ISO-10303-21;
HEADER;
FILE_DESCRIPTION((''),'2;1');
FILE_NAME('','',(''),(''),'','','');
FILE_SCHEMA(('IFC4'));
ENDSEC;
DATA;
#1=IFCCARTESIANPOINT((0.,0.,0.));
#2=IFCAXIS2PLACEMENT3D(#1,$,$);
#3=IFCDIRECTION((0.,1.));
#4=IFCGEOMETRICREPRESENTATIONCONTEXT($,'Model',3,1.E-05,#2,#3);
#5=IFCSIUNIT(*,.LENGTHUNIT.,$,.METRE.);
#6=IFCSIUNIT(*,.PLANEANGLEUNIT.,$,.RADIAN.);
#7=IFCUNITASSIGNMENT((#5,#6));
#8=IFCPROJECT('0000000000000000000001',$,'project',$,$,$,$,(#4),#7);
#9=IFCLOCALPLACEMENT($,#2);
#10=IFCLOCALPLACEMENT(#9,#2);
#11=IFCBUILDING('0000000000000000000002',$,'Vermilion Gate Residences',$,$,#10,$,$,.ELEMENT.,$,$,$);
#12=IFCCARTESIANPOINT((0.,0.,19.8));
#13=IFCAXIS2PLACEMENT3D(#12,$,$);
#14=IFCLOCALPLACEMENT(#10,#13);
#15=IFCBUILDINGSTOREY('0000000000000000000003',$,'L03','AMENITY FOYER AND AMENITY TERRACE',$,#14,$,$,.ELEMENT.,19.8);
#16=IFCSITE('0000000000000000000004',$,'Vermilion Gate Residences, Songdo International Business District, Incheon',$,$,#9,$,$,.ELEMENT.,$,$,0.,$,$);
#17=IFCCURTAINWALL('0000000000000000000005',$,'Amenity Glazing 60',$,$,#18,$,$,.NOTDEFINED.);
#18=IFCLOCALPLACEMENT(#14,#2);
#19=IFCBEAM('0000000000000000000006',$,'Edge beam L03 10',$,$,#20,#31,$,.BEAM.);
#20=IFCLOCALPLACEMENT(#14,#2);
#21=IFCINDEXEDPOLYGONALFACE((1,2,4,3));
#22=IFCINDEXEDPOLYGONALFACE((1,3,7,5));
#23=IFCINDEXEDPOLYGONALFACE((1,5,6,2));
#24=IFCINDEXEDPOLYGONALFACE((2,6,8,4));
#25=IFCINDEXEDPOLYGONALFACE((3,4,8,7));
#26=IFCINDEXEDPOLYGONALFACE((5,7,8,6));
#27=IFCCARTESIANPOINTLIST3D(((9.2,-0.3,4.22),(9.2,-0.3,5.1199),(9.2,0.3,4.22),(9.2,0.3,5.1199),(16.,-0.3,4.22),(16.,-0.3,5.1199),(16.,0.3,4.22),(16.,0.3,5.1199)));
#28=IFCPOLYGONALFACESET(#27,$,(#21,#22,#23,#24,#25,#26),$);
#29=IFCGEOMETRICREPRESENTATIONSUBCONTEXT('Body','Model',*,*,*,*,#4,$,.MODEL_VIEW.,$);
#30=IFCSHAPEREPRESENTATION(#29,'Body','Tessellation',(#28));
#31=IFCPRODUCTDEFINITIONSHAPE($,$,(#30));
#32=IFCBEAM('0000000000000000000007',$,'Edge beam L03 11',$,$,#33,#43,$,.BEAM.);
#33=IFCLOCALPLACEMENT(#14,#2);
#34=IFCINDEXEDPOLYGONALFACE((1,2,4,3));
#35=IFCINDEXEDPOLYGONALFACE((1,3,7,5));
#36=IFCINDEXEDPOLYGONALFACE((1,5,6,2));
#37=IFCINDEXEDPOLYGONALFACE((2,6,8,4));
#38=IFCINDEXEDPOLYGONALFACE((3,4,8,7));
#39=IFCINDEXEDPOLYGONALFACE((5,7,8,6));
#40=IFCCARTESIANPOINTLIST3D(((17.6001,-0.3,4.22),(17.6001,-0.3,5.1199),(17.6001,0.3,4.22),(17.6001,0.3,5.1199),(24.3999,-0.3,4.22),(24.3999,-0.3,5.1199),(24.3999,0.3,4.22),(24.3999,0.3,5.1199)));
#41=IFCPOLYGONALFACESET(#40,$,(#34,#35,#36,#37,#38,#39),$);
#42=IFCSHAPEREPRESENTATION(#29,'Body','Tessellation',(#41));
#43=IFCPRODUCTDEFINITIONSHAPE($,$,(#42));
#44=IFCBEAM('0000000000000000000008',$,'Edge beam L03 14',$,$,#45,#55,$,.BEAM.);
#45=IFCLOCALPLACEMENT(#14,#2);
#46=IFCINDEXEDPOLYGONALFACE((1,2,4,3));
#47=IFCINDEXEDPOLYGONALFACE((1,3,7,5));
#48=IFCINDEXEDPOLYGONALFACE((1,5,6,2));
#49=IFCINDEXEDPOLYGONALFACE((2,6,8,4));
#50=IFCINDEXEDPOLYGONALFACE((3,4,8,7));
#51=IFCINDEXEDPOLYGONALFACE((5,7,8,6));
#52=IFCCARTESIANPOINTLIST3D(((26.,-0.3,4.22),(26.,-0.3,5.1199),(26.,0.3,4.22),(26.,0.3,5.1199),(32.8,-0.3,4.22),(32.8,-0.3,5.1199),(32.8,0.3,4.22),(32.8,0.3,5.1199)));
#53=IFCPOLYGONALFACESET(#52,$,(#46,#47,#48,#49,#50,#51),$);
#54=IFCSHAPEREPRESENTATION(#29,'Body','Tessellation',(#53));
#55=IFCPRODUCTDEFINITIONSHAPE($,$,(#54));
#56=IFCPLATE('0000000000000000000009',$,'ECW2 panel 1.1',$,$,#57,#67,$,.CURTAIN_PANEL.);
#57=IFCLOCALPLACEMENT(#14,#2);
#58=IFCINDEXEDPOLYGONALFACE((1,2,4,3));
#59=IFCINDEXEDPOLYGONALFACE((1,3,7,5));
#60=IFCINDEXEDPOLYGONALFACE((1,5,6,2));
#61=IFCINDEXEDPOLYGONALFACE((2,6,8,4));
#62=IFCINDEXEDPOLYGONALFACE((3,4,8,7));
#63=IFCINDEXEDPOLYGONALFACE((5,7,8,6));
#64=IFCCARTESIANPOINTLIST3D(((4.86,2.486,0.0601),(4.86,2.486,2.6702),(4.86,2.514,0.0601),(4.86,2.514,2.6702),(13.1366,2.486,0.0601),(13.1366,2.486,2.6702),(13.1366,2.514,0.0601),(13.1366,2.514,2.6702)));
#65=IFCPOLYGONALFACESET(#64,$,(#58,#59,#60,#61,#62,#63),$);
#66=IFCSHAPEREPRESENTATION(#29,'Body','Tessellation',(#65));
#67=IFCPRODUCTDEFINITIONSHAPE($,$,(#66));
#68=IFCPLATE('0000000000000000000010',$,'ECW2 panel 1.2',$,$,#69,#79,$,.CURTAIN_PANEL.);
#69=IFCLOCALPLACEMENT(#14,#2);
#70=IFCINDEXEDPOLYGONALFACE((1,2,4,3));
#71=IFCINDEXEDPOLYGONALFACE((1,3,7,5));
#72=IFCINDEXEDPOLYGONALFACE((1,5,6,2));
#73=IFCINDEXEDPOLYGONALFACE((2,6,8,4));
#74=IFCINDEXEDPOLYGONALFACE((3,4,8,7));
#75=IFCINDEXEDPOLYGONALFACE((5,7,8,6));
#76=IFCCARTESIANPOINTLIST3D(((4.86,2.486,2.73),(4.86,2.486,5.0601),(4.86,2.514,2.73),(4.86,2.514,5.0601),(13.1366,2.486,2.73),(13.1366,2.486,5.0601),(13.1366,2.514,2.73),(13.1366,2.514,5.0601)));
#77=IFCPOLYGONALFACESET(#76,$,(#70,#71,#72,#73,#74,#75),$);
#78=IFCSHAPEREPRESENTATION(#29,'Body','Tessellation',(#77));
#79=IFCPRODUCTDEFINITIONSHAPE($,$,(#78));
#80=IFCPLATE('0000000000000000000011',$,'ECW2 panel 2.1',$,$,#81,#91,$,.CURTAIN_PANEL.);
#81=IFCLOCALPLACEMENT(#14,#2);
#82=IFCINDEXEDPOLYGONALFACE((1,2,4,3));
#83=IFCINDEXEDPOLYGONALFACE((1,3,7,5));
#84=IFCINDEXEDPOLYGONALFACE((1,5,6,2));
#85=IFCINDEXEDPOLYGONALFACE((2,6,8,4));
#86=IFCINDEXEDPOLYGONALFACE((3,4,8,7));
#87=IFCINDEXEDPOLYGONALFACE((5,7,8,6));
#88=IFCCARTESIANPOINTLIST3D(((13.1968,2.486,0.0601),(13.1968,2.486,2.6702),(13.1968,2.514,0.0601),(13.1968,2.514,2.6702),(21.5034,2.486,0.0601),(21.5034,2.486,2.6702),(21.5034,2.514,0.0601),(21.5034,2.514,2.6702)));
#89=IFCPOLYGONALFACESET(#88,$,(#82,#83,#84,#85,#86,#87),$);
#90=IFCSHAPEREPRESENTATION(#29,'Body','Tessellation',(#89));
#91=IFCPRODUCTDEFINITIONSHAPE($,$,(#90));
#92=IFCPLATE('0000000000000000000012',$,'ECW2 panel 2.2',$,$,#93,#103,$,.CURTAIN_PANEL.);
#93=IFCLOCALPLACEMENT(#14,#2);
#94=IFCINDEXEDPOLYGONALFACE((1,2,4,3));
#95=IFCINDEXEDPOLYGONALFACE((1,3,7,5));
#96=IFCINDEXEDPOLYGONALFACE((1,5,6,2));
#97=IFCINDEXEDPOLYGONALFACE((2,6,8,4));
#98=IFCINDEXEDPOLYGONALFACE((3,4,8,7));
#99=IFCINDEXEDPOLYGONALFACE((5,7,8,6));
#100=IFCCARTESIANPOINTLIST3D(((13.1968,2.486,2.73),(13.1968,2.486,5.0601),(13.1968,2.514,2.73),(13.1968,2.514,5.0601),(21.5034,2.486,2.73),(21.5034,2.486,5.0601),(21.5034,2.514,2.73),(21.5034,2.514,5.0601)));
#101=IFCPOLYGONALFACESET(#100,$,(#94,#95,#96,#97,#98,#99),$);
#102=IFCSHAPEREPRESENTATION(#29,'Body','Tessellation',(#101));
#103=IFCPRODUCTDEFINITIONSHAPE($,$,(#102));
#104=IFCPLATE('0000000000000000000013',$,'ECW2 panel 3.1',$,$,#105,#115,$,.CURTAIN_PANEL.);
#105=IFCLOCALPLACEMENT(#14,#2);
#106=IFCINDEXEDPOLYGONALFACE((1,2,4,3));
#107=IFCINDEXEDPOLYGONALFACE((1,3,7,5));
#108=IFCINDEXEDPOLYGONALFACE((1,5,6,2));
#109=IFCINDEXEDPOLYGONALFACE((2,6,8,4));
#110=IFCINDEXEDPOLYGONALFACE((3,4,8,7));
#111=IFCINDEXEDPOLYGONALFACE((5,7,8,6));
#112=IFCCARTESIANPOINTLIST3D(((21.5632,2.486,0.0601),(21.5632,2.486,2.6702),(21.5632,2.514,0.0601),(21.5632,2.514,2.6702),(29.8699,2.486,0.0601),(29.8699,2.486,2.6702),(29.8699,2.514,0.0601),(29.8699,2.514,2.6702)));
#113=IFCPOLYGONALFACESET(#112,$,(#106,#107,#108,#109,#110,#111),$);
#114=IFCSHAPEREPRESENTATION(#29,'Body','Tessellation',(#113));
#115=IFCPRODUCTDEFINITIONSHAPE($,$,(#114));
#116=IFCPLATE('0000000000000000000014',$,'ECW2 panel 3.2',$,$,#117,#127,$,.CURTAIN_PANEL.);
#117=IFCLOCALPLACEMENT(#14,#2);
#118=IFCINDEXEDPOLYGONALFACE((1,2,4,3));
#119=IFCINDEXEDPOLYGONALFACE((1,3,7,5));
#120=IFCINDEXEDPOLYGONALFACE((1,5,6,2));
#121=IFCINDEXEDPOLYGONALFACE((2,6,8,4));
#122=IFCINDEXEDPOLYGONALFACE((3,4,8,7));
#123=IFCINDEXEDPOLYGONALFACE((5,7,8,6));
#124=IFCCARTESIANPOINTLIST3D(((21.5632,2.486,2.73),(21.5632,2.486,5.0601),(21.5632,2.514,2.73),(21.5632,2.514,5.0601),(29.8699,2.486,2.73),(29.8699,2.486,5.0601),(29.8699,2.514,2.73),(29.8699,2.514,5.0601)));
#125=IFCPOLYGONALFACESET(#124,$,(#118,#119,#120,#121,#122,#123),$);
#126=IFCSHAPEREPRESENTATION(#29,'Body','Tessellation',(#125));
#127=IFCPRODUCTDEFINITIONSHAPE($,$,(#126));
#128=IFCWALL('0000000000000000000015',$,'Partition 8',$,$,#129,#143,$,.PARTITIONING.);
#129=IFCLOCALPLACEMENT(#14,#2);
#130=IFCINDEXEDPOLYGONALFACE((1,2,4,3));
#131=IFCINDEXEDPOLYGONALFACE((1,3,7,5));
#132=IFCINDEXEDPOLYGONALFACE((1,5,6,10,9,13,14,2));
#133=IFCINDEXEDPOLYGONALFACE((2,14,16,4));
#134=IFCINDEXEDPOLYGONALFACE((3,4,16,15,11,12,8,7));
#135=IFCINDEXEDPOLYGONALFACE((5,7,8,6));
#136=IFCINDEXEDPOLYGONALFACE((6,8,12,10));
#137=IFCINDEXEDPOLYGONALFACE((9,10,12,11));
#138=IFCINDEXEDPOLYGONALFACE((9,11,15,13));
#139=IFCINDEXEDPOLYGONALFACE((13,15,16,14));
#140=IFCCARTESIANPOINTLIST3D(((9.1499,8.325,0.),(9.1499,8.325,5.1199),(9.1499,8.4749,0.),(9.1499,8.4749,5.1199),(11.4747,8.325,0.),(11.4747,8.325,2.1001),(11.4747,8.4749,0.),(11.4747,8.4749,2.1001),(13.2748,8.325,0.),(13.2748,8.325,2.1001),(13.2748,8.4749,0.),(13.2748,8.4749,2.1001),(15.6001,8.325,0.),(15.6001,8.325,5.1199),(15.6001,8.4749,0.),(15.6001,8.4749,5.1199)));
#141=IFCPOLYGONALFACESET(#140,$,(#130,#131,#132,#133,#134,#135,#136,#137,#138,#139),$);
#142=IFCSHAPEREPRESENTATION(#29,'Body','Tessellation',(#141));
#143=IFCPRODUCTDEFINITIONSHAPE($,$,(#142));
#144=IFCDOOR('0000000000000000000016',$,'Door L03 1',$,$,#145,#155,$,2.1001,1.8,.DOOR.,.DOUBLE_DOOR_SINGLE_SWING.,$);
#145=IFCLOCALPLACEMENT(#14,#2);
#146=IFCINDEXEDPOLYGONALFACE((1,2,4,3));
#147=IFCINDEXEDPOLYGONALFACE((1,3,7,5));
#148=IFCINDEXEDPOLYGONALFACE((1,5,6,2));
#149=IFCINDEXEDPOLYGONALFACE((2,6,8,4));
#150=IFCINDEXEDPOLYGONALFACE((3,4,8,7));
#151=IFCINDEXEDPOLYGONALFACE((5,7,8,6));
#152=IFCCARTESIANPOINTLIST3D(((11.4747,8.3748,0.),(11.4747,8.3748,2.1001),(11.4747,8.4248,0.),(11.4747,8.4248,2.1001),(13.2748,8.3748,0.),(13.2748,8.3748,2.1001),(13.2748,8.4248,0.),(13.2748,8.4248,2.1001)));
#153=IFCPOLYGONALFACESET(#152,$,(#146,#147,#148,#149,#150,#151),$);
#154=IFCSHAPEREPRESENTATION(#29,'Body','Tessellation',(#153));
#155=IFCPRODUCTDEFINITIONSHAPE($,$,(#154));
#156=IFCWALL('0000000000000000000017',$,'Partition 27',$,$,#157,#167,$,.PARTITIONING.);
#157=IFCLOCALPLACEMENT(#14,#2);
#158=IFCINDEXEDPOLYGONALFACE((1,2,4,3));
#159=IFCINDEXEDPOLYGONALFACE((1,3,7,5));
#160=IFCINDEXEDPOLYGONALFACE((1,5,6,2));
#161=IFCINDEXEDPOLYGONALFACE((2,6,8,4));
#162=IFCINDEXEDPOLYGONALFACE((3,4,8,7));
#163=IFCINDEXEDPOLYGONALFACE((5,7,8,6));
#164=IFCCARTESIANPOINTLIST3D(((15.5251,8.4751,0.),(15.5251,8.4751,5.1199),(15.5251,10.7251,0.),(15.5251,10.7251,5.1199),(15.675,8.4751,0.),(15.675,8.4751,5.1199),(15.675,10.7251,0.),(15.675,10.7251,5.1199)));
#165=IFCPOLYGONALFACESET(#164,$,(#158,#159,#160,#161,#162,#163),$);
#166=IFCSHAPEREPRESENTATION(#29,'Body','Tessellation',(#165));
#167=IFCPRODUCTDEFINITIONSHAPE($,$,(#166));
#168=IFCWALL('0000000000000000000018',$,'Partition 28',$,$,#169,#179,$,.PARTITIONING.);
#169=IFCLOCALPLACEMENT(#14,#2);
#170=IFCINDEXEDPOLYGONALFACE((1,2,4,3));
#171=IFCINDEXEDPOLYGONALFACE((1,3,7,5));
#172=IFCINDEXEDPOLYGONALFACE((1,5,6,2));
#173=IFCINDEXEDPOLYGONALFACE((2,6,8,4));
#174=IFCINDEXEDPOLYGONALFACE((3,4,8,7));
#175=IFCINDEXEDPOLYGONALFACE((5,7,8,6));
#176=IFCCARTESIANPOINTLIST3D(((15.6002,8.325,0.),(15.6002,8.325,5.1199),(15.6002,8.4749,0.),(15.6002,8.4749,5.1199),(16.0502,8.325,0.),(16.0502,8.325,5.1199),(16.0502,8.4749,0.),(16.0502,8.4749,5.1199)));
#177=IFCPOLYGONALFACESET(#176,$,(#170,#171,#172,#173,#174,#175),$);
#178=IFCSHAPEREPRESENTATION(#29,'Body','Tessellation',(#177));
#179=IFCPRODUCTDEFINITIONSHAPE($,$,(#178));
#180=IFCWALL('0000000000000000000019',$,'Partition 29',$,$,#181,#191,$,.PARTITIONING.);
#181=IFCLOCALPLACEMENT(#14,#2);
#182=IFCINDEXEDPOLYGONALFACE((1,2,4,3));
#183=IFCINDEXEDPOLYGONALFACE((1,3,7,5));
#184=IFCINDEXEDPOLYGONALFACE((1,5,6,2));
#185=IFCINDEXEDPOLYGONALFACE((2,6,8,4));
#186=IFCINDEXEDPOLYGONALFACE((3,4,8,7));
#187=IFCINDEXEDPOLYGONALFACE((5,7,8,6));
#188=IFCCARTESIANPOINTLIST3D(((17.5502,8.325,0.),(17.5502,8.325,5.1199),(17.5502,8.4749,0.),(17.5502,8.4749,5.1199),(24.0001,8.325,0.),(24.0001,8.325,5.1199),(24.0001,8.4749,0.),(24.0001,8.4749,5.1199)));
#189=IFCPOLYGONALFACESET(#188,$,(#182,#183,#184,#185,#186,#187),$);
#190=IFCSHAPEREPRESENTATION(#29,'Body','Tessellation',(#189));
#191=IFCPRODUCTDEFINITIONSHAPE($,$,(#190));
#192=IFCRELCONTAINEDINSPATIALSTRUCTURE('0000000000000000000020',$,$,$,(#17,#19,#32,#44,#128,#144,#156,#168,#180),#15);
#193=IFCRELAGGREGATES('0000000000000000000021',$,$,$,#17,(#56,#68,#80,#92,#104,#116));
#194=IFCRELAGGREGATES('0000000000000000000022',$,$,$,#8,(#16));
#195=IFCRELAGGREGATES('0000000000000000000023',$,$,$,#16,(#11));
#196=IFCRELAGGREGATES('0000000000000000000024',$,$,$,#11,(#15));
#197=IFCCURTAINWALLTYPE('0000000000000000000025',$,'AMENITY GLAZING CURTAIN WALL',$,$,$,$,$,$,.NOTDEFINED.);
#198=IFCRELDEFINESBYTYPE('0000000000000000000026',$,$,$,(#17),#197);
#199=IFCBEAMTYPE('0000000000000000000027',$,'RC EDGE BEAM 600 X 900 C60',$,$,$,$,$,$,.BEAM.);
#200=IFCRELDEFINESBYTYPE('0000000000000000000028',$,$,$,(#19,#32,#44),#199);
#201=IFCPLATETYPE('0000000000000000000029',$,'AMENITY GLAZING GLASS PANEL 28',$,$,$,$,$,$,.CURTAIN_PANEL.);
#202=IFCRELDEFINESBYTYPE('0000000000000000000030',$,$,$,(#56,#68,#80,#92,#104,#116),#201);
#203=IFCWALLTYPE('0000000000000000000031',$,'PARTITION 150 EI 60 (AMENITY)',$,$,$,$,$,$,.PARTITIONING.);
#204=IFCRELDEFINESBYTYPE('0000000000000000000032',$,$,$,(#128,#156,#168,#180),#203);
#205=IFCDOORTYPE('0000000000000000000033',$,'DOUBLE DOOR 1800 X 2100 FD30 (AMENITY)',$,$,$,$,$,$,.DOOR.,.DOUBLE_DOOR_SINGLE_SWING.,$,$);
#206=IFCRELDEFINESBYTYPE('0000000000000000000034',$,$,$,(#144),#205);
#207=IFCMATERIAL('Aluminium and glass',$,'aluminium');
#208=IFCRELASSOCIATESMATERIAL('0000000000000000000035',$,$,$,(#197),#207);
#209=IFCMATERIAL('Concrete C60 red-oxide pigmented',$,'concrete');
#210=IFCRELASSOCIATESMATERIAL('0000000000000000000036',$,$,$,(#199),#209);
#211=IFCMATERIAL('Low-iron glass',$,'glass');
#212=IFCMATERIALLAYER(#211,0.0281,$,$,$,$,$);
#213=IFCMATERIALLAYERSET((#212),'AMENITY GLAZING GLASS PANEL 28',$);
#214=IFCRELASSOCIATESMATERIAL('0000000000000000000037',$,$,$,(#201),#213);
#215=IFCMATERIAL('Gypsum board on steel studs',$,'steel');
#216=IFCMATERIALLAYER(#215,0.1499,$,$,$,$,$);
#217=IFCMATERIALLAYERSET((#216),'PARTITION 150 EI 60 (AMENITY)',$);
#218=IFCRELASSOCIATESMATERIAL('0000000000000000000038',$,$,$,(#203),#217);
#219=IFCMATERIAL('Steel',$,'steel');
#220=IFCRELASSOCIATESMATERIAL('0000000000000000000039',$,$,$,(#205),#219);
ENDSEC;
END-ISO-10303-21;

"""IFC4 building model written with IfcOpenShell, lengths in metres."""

from ifc_helpers import new_model, si_unit, direction, frame, frame_2d, origin, origin_2d, place, context, subcontext, project, spatial, rectangle, extrude, material, layer, layer_set, material_profile, profile_set, type_object, element, fill, aggregate, save


model = new_model("IFC4")

# Units and contexts
model_context = context("Model", 3, precision=1e-05, world=origin(), true_north=direction((0.0, 1.0)))
body_context = subcontext(model_context, "Body", "Model", "MODEL_VIEW")
ifc_project = project(units=[si_unit("LENGTHUNIT", "METRE"), si_unit("PLANEANGLEUNIT", "RADIAN")], contexts=[model_context])

# Site, building, storey
site_placement = place(None, origin())
site = spatial("IfcSite", under=ifc_project, at=site_placement, Name="Vermilion Gate Residences, Songdo International Business District, Incheon", CompositionType="ELEMENT", RefElevation=0.0)
building_placement = place(site_placement, origin())
building = spatial("IfcBuilding", under=site, at=building_placement, Name="Vermilion Gate Residences", CompositionType="ELEMENT")
storey_placement = place(building_placement, frame((0.0, 0.0, 19.8)))
storey = spatial("IfcBuildingStorey", under=building, at=storey_placement, Name="L03", Description="AMENITY FOYER AND AMENITY TERRACE", CompositionType="ELEMENT", Elevation=19.8)

# Curtain wall
ifc_material_1 = material(Name="Aluminium and glass", Category="aluminium")
curtain_wall_type = type_object("IfcCurtainWallType", Name="AMENITY GLAZING CURTAIN WALL", PredefinedType="NOTDEFINED", material=ifc_material_1)
curtain_wall_placement = place(storey_placement, origin())
curtain_wall = element("IfcCurtainWall", 1, at=curtain_wall_placement, inside=storey, type_object=curtain_wall_type, Name="Amenity Glazing 60", PredefinedType="NOTDEFINED")

# Beams
ifc_material_2 = material(Name="Concrete C60 red-oxide pigmented", Category="concrete")
ifc_material_profile_1 = material_profile(ifc_material_2, rectangle(XDim=0.6001, YDim=0.8999, at=origin_2d()), Name="RC-600x900")
ifc_profile_set_1 = profile_set([ifc_material_profile_1], Name="Concrete C60 red-oxide pigmented")
beam_type = type_object("IfcBeamType", Name="RC EDGE BEAM 600 X 900 C60", PredefinedType="BEAM", material=ifc_profile_set_1)
beam_1_placement = place(storey_placement, frame((9.2, 0.0, 4.6699), z_axis=(1.0, 0.0, 0.0), x_axis=(0.0, 1.0, 0.0)))
element("IfcBeam", 2, at=beam_1_placement, inside=storey, type_object=beam_type, Name="Edge beam L03 10", PredefinedType="BEAM", context=body_context, shape_type="SweptSolid", body=[
    extrude(rectangle(XDim=0.6001, YDim=0.8999, at=origin_2d()), origin(), (0.0, 0.0, 1.0), 6.8),
])
beam_2_placement = place(storey_placement, frame((17.6001, 0.0, 4.6699), z_axis=(1.0, 0.0, 0.0), x_axis=(0.0, 1.0, 0.0)))
element("IfcBeam", 3, at=beam_2_placement, inside=storey, type_object=beam_type, Name="Edge beam L03 11", PredefinedType="BEAM", context=body_context, shape_type="SweptSolid", body=[
    extrude(rectangle(XDim=0.6001, YDim=0.8999, at=origin_2d()), origin(), (0.0, 0.0, 1.0), 6.7998),
])
beam_3_placement = place(storey_placement, frame((26.0, 0.0, 4.6699), z_axis=(1.0, 0.0, 0.0), x_axis=(0.0, 1.0, 0.0)))
element("IfcBeam", 4, at=beam_3_placement, inside=storey, type_object=beam_type, Name="Edge beam L03 14", PredefinedType="BEAM", context=body_context, shape_type="SweptSolid", body=[
    extrude(rectangle(XDim=0.6001, YDim=0.8999, at=origin_2d()), origin(), (0.0, 0.0, 1.0), 6.8),
])

# Plates
ifc_material_3 = material(Name="Low-iron glass", Category="glass")
ifc_layer_1 = layer(ifc_material_3, 0.0281)
ifc_layer_set_1 = layer_set([ifc_layer_1], Name="AMENITY GLAZING GLASS PANEL 28")
plate_type = type_object("IfcPlateType", Name="AMENITY GLAZING GLASS PANEL 28", PredefinedType="CURTAIN_PANEL", material=ifc_layer_set_1)
plate_1_placement = place(storey_placement, frame((8.9983, 2.5, 0.0601), z_axis=(0.0, 0.0, 1.0), x_axis=(1.0, 0.0, 0.0)))
plate_1 = element("IfcPlate", 5, at=plate_1_placement, type_object=plate_type, Name="ECW2 panel 1.1", PredefinedType="CURTAIN_PANEL", context=body_context, shape_type="SweptSolid", body=[
    extrude(rectangle(XDim=8.2766, YDim=0.0281, at=origin_2d()), origin(), (0.0, 0.0, 1.0), 2.6101),
])
plate_2_placement = place(storey_placement, frame((8.9983, 2.5, 2.73), z_axis=(0.0, 0.0, 1.0), x_axis=(1.0, 0.0, 0.0)))
plate_2 = element("IfcPlate", 6, at=plate_2_placement, type_object=plate_type, Name="ECW2 panel 1.2", PredefinedType="CURTAIN_PANEL", context=body_context, shape_type="SweptSolid", body=[
    extrude(rectangle(XDim=8.2766, YDim=0.0281, at=origin_2d()), origin(), (0.0, 0.0, 1.0), 2.3301),
])
plate_3_placement = place(storey_placement, frame((17.3501, 2.5, 0.0601), z_axis=(0.0, 0.0, 1.0), x_axis=(1.0, 0.0, 0.0)))
plate_3 = element("IfcPlate", 7, at=plate_3_placement, type_object=plate_type, Name="ECW2 panel 2.1", PredefinedType="CURTAIN_PANEL", context=body_context, shape_type="SweptSolid", body=[
    extrude(rectangle(XDim=8.3066, YDim=0.0281, at=origin_2d()), origin(), (0.0, 0.0, 1.0), 2.6101),
])
plate_4_placement = place(storey_placement, frame((17.3501, 2.5, 2.73), z_axis=(0.0, 0.0, 1.0), x_axis=(1.0, 0.0, 0.0)))
plate_4 = element("IfcPlate", 8, at=plate_4_placement, type_object=plate_type, Name="ECW2 panel 2.2", PredefinedType="CURTAIN_PANEL", context=body_context, shape_type="SweptSolid", body=[
    extrude(rectangle(XDim=8.3066, YDim=0.0281, at=origin_2d()), origin(), (0.0, 0.0, 1.0), 2.3301),
])
plate_5_placement = place(storey_placement, frame((25.7166, 2.5, 0.0601), z_axis=(0.0, 0.0, 1.0), x_axis=(1.0, 0.0, 0.0)))
plate_5 = element("IfcPlate", 9, at=plate_5_placement, type_object=plate_type, Name="ECW2 panel 3.1", PredefinedType="CURTAIN_PANEL", context=body_context, shape_type="SweptSolid", body=[
    extrude(rectangle(XDim=8.3066, YDim=0.0281, at=origin_2d()), origin(), (0.0, 0.0, 1.0), 2.6101),
])
plate_6_placement = place(storey_placement, frame((25.7166, 2.5, 2.73), z_axis=(0.0, 0.0, 1.0), x_axis=(1.0, 0.0, 0.0)))
plate_6 = element("IfcPlate", 10, at=plate_6_placement, type_object=plate_type, Name="ECW2 panel 3.2", PredefinedType="CURTAIN_PANEL", context=body_context, shape_type="SweptSolid", body=[
    extrude(rectangle(XDim=8.3066, YDim=0.0281, at=origin_2d()), origin(), (0.0, 0.0, 1.0), 2.3301),
])
aggregate(curtain_wall, [plate_1, plate_2, plate_3, plate_4, plate_5, plate_6])

# Wall, opening, door
ifc_material_4 = material(Name="Gypsum board on steel studs", Category="steel")
ifc_layer_2 = layer(ifc_material_4, 0.1499)
ifc_layer_set_2 = layer_set([ifc_layer_2], Name="PARTITION 150 EI 60 (AMENITY)")
wall_type = type_object("IfcWallType", Name="PARTITION 150 EI 60 (AMENITY)", PredefinedType="PARTITIONING", material=ifc_layer_set_2)
wall_1_placement = place(storey_placement, frame((9.1499, 8.3999, 0.0), z_axis=(0.0, 0.0, 1.0), x_axis=(1.0, 0.0, 0.0)))
wall_1 = element("IfcWall", 11, at=wall_1_placement, inside=storey, type_object=wall_type, Name="Partition 8", PredefinedType="PARTITIONING", context=body_context, shape_type="SweptSolid", body=[
    extrude(rectangle(XDim=6.4502, YDim=0.1499, at=frame_2d((3.2251, 0.0))), origin(), (0.0, 0.0, 1.0), 5.1199),
])
opening_1_placement = place(wall_1_placement, frame((2.325, 0.0, 0.0)))
opening_1 = element("IfcOpeningElement", 12, at=opening_1_placement, cuts=wall_1, PredefinedType="OPENING", context=body_context, shape_type="SweptSolid", body=[
    extrude(rectangle(XDim=1.8, YDim=2.1001, at=frame_2d((0.8999, 1.05))), frame((0.0, 0.085, 0.0), z_axis=(0.0, -1.0, 0.0), x_axis=(1.0, 0.0, 0.0)), (0.0, 0.0, 1.0), 0.1699),
])
ifc_material_5 = material(Name="Steel", Category="steel")
door_type_1 = type_object("IfcDoorType", Name="DOUBLE DOOR 1800 X 2100 FD30 (AMENITY)", OperationType="DOUBLE_DOOR_SINGLE_SWING", PredefinedType="DOOR", material=ifc_material_5)
door_1_placement = place(opening_1_placement, origin())
door_1 = element("IfcDoor", 13, at=door_1_placement, inside=storey, type_object=door_type_1, Name="Door L03 1", OperationType="DOUBLE_DOOR_SINGLE_SWING", OverallHeight=2.1001, OverallWidth=1.8, PredefinedType="DOOR", context=body_context, shape_type="SweptSolid", body=[
    extrude(rectangle(XDim=1.8, YDim=2.1001, at=frame_2d((0.8999, 1.05))), frame((0.0, 0.0249, 0.0), z_axis=(0.0, -1.0, 0.0), x_axis=(1.0, 0.0, 0.0)), (0.0, 0.0, 1.0), 0.05),
])
fill(opening_1, door_1)

# Walls
wall_2_placement = place(storey_placement, frame((15.6001, 8.4751, 0.0), z_axis=(0.0, 0.0, 1.0), x_axis=(0.0, 1.0, 0.0)))
element("IfcWall", 14, at=wall_2_placement, inside=storey, type_object=wall_type, Name="Partition 27", PredefinedType="PARTITIONING", context=body_context, shape_type="SweptSolid", body=[
    extrude(rectangle(XDim=2.25, YDim=0.1499, at=frame_2d((1.125, 0.0))), origin(), (0.0, 0.0, 1.0), 5.1199),
])
wall_3_placement = place(storey_placement, frame((15.6001, 8.3999, 0.0), z_axis=(0.0, 0.0, 1.0), x_axis=(1.0, 0.0, 0.0)))
element("IfcWall", 15, at=wall_3_placement, inside=storey, type_object=wall_type, Name="Partition 28", PredefinedType="PARTITIONING", context=body_context, shape_type="SweptSolid", body=[
    extrude(rectangle(XDim=0.45, YDim=0.1499, at=frame_2d((0.2251, 0.0))), origin(), (0.0, 0.0, 1.0), 5.1199),
])
wall_4_placement = place(storey_placement, frame((17.55, 8.3999, 0.0), z_axis=(0.0, 0.0, 1.0), x_axis=(1.0, 0.0, 0.0)))
element("IfcWall", 16, at=wall_4_placement, inside=storey, type_object=wall_type, Name="Partition 29", PredefinedType="PARTITIONING", context=body_context, shape_type="SweptSolid", body=[
    extrude(rectangle(XDim=6.45, YDim=0.1499, at=frame_2d((3.2251, 0.0))), origin(), (0.0, 0.0, 1.0), 5.1199),
])

save(model, "model.ifc")
